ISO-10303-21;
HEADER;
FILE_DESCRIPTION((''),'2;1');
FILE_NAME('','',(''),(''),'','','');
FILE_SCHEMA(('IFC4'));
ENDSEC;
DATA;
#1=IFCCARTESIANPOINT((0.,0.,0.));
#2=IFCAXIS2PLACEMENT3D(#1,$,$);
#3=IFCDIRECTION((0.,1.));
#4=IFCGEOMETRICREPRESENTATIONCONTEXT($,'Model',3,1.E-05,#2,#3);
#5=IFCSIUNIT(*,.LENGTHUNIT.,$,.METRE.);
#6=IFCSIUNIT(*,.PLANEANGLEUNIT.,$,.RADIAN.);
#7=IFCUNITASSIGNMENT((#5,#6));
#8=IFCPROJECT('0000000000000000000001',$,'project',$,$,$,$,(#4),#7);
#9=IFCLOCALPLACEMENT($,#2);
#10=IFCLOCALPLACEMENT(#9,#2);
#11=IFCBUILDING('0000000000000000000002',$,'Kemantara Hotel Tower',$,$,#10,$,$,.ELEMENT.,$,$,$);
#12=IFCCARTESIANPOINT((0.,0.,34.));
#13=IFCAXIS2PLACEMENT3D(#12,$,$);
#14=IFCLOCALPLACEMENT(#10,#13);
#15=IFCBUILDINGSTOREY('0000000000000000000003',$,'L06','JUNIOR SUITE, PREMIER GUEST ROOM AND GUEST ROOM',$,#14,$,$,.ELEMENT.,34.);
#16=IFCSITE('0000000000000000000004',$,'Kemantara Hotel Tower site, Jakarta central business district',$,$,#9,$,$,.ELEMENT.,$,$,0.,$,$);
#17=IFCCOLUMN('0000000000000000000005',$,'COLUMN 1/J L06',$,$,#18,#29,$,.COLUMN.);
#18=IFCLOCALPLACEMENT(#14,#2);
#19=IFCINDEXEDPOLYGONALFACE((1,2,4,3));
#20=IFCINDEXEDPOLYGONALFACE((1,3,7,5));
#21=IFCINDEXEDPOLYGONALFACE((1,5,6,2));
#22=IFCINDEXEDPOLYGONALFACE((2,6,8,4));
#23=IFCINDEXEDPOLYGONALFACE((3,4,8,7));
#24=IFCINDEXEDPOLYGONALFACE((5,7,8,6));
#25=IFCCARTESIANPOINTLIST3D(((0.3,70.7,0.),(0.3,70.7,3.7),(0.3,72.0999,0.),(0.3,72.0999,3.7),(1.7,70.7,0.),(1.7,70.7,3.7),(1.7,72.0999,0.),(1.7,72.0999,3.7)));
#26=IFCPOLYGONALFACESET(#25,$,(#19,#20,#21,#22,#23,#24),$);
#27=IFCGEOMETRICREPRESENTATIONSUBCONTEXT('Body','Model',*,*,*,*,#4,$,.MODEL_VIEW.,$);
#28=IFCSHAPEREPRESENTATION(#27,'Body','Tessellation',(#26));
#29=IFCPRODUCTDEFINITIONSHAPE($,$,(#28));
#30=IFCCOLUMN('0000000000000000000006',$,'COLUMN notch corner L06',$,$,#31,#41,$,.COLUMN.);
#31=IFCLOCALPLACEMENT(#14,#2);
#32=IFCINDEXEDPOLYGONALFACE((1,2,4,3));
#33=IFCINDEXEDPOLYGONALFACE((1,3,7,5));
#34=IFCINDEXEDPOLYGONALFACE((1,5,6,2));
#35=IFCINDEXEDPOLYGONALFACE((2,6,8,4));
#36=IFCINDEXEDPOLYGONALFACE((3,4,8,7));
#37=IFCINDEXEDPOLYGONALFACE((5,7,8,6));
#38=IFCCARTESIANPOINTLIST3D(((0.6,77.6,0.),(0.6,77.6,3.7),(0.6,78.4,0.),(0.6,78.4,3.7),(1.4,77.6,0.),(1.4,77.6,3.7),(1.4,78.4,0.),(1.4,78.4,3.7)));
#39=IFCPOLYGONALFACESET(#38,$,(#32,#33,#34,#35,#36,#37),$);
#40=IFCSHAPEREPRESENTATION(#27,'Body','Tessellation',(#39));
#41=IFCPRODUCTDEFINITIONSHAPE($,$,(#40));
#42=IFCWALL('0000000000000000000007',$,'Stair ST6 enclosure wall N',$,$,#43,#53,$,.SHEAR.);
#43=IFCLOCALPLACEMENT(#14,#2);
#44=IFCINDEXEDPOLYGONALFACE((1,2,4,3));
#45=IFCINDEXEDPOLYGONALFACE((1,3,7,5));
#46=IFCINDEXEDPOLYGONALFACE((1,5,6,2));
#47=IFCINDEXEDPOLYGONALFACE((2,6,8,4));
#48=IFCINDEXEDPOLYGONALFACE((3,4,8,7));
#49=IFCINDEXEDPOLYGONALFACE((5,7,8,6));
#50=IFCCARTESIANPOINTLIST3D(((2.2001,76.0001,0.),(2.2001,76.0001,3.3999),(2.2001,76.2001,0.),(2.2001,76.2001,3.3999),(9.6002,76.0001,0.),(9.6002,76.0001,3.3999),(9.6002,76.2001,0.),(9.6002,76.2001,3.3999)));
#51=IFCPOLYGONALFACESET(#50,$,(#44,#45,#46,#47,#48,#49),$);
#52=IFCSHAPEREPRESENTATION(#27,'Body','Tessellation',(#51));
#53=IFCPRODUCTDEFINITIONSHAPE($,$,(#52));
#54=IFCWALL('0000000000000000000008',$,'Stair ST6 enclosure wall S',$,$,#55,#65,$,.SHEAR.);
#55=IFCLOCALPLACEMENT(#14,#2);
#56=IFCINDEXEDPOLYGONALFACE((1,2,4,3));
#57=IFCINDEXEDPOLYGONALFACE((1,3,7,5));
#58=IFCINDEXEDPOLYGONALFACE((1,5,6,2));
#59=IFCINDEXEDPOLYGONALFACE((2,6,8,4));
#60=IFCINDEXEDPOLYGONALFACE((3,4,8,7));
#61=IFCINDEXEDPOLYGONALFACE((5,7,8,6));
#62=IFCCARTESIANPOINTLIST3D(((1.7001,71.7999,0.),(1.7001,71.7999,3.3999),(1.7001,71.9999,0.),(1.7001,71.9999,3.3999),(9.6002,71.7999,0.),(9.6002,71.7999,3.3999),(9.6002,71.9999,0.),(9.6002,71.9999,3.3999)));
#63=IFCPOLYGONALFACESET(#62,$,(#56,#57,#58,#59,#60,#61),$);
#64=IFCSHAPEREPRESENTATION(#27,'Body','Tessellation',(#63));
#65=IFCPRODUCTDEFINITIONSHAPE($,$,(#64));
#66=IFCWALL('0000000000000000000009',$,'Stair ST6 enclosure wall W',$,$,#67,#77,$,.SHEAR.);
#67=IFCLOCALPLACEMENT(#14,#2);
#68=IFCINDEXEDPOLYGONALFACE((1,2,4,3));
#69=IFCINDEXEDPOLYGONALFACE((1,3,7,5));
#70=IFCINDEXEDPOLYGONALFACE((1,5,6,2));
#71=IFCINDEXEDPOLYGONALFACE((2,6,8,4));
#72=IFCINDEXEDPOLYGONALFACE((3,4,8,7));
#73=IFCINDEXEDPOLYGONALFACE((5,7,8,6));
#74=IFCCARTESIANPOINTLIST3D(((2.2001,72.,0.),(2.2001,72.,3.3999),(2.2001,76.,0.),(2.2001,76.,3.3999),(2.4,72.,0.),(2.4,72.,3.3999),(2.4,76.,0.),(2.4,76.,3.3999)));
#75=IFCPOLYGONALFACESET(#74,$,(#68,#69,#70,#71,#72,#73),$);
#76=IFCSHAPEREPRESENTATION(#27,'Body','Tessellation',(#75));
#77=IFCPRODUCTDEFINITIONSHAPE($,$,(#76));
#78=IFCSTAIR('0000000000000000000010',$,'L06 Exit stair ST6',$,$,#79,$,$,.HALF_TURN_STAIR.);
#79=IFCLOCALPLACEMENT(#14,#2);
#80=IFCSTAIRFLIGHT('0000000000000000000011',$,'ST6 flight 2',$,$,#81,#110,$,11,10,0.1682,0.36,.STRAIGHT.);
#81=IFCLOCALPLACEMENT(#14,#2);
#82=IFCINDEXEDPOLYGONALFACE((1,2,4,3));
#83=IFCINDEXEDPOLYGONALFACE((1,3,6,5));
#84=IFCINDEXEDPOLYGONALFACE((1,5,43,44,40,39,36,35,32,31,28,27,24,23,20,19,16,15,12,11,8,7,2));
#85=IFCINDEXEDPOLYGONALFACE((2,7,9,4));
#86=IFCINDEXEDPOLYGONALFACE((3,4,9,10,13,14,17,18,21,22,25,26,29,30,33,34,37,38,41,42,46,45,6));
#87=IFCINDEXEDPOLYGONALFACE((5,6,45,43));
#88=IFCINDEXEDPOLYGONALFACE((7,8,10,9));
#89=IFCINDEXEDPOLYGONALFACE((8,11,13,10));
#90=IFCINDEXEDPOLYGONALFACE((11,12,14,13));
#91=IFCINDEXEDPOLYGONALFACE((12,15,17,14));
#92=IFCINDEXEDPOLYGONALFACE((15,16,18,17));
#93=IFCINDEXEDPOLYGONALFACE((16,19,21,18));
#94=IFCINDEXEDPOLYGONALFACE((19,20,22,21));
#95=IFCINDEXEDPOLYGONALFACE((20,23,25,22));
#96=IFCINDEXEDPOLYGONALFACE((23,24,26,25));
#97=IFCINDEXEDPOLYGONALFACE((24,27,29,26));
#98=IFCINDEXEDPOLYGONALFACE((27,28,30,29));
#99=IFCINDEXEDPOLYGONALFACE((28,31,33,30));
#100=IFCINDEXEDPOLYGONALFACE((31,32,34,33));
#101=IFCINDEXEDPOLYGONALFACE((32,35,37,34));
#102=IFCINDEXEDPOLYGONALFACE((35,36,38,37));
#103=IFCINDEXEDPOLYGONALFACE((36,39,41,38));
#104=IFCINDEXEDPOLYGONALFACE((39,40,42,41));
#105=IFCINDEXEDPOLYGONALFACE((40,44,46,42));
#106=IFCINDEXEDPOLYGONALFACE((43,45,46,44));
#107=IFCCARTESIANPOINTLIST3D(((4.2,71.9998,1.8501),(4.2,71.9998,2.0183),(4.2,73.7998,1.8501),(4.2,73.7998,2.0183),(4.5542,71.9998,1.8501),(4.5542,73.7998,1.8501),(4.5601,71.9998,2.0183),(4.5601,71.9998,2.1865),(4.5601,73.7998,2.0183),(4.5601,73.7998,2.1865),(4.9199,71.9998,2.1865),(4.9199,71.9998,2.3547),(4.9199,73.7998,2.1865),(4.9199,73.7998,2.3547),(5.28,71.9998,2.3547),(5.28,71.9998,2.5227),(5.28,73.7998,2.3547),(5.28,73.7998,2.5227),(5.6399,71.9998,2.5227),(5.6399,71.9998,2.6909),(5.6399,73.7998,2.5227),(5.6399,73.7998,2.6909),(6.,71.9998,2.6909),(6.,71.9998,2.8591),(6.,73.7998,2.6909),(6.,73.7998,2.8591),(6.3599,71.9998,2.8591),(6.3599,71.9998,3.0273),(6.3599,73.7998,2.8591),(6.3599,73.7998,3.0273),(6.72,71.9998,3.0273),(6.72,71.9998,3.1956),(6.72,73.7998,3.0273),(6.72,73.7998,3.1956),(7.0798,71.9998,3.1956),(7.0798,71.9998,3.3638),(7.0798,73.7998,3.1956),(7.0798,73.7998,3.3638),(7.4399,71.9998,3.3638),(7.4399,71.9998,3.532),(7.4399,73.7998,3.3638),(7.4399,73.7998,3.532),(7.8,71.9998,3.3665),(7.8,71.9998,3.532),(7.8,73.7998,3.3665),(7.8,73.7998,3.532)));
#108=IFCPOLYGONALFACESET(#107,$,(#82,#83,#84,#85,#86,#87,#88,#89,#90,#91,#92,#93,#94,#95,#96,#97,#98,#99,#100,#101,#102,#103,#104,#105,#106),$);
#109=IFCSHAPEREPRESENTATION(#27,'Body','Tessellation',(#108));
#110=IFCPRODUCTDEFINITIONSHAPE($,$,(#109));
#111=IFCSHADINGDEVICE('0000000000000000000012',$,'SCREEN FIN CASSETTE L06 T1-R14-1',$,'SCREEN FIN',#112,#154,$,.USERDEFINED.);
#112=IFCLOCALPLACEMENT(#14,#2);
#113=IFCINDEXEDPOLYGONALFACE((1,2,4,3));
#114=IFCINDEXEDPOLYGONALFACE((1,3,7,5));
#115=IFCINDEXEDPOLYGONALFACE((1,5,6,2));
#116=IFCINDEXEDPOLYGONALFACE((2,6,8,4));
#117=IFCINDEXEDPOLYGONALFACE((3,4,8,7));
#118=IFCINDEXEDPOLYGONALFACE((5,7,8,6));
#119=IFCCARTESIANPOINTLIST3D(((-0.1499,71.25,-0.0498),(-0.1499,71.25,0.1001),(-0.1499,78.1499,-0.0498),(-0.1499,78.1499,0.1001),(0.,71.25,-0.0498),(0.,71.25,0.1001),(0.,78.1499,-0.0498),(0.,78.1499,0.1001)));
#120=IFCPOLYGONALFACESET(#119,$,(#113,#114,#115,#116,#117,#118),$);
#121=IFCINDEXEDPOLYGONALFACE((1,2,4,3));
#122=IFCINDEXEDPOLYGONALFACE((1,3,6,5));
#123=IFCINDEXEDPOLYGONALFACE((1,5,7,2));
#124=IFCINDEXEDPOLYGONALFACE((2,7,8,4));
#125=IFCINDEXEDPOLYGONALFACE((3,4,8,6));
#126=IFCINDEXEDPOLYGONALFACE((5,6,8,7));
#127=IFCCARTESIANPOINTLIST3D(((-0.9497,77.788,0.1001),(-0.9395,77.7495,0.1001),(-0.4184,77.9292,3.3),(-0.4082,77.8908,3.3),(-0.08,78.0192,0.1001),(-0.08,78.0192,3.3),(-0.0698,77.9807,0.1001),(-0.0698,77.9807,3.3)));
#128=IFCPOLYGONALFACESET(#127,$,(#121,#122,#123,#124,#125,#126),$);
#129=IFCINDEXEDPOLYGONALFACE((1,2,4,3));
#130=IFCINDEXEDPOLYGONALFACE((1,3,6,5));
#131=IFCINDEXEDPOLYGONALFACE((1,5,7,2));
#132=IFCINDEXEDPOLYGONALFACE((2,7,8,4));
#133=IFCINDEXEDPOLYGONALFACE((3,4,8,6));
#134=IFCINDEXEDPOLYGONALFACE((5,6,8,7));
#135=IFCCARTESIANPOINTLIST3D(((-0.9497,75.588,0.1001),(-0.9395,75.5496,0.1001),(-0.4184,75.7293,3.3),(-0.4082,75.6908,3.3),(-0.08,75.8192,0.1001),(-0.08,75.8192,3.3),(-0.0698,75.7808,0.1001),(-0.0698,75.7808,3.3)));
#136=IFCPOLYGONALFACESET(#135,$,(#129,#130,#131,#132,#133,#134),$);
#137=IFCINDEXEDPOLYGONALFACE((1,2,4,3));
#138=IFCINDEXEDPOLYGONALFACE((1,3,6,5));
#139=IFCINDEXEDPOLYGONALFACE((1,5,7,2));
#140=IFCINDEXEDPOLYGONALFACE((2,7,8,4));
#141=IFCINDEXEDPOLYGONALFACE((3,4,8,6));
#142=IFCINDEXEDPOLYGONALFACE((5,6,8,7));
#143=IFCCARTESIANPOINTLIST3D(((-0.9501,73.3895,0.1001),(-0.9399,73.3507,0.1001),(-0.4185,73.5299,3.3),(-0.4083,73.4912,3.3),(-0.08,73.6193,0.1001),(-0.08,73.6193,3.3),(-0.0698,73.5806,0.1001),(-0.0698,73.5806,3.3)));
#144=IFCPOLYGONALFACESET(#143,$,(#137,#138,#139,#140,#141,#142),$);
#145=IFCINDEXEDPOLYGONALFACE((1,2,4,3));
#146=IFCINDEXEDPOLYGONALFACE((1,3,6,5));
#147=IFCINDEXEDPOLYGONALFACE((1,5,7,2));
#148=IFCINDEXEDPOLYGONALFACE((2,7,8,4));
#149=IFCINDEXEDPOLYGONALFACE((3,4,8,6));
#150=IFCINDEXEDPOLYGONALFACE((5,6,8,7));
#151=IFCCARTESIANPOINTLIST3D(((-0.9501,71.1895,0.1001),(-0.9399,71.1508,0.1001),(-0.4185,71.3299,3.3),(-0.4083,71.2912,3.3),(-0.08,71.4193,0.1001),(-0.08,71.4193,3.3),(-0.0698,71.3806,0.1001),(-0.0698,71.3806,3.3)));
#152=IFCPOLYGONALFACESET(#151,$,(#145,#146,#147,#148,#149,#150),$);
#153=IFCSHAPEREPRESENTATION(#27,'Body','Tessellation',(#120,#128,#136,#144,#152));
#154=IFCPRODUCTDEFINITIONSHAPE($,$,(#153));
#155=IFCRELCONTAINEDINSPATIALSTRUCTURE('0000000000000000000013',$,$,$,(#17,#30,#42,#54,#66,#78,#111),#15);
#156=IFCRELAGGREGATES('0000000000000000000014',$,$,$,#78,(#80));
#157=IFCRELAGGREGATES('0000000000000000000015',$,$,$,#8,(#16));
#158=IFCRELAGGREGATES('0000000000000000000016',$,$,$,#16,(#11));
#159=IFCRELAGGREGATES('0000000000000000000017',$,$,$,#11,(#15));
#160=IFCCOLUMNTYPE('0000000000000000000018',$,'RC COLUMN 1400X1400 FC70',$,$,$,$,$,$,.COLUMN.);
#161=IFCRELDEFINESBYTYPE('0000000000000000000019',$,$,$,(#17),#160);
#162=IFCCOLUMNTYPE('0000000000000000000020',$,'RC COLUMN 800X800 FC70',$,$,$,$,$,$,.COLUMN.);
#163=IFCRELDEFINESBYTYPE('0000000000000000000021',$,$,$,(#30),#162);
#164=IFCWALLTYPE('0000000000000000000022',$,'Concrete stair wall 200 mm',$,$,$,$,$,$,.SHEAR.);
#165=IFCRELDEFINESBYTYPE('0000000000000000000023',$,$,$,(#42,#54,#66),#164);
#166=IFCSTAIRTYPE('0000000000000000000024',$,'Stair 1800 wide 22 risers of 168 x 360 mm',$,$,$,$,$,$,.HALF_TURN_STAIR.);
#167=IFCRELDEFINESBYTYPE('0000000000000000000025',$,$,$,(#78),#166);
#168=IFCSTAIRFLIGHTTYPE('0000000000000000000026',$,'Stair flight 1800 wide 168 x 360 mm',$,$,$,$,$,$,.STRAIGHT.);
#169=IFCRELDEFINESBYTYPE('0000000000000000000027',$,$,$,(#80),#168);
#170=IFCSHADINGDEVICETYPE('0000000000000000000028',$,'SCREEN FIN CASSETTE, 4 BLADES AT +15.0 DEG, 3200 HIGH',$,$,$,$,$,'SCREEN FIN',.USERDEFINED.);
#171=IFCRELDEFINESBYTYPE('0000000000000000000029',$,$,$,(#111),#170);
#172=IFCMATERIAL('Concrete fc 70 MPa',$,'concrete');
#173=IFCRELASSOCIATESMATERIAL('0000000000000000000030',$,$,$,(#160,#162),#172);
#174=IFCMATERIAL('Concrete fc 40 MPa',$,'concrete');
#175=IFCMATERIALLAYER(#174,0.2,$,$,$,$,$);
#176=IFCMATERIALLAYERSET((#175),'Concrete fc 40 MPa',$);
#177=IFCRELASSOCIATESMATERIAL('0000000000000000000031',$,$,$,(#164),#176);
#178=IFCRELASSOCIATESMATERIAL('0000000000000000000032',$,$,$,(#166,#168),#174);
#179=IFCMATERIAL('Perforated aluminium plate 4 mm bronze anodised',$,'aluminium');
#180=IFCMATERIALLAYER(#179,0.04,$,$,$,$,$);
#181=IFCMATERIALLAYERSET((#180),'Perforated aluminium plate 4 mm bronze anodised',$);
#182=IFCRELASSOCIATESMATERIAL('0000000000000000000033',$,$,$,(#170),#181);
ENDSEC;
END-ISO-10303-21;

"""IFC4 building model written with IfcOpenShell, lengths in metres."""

from ifc_helpers import new_model, si_unit, direction, frame, frame_2d, origin, origin_2d, place, context, subcontext, project, spatial, polyline, rectangle, outline, extrude, source, transform, mapped, material, layer, layer_set, material_profile, profile_set, type_object, element, aggregate, save


model = new_model("IFC4")

# Units and contexts
model_context = context("Model", 3, precision=1e-05, world=origin(), true_north=direction((0.0, 1.0)))
body_context = subcontext(model_context, "Body", "Model", "MODEL_VIEW")
ifc_project = project(units=[si_unit("LENGTHUNIT", "METRE"), si_unit("PLANEANGLEUNIT", "RADIAN")], contexts=[model_context])

# Site, building, storey
site_placement = place(None, origin())
site = spatial("IfcSite", under=ifc_project, at=site_placement, Name="Kemantara Hotel Tower site, Jakarta central business district", CompositionType="ELEMENT", RefElevation=0.0)
building_placement = place(site_placement, origin())
building = spatial("IfcBuilding", under=site, at=building_placement, Name="Kemantara Hotel Tower", CompositionType="ELEMENT")
storey_placement = place(building_placement, frame((0.0, 0.0, 34.0)))
storey = spatial("IfcBuildingStorey", under=building, at=storey_placement, Name="L06", Description="JUNIOR SUITE, PREMIER GUEST ROOM AND GUEST ROOM", CompositionType="ELEMENT", Elevation=34.0)

# Columns
ifc_material_1 = material(Name="Concrete fc 70 MPa", Category="concrete")
ifc_material_profile_1 = material_profile(ifc_material_1, rectangle(XDim=1.3999, YDim=1.3999, at=origin_2d()), Name="RC 1400X1400")
ifc_profile_set_1 = profile_set([ifc_material_profile_1], Name="Concrete fc 70 MPa")
column_type_1 = type_object("IfcColumnType", Name="RC COLUMN 1400X1400 FC70", PredefinedType="COLUMN", material=ifc_profile_set_1)
column_1_placement = place(storey_placement, frame((1.0, 71.3999, 0.0), z_axis=(0.0, 0.0, 1.0), x_axis=(1.0, 0.0, 0.0)))
element("IfcColumn", 1, at=column_1_placement, inside=storey, type_object=column_type_1, Name="COLUMN 1/J L06", PredefinedType="COLUMN", context=body_context, shape_type="SweptSolid", body=[
    extrude(rectangle(XDim=1.3999, YDim=1.3999, at=origin_2d()), origin(), (0.0, 0.0, 1.0), 3.7),
])
ifc_material_profile_2 = material_profile(ifc_material_1, rectangle(XDim=0.8, YDim=0.8, at=origin_2d()), Name="RC 800X800")
ifc_profile_set_2 = profile_set([ifc_material_profile_2], Name="Concrete fc 70 MPa")
column_type_2 = type_object("IfcColumnType", Name="RC COLUMN 800X800 FC70", PredefinedType="COLUMN", material=ifc_profile_set_2)
column_2_placement = place(storey_placement, frame((1.0, 78.0, 0.0), z_axis=(0.0, 0.0, 1.0), x_axis=(1.0, 0.0, 0.0)))
element("IfcColumn", 2, at=column_2_placement, inside=storey, type_object=column_type_2, Name="COLUMN notch corner L06", PredefinedType="COLUMN", context=body_context, shape_type="SweptSolid", body=[
    extrude(rectangle(XDim=0.8, YDim=0.8, at=origin_2d()), origin(), (0.0, 0.0, 1.0), 3.7),
])

# Walls
ifc_material_2 = material(Name="Concrete fc 40 MPa", Category="concrete")
ifc_layer_1 = layer(ifc_material_2, 0.2)
ifc_layer_set_1 = layer_set([ifc_layer_1], Name="Concrete fc 40 MPa")
wall_type = type_object("IfcWallType", Name="Concrete stair wall 200 mm", PredefinedType="SHEAR", material=ifc_layer_set_1)
wall_1_placement = place(storey_placement, frame((2.2, 76.1001, 0.0), z_axis=(0.0, 0.0, 1.0), x_axis=(1.0, 0.0, 0.0)))
element("IfcWall", 3, at=wall_1_placement, inside=storey, type_object=wall_type, Name="Stair ST6 enclosure wall N", PredefinedType="SHEAR", context=body_context, shape_type="SweptSolid", body=[
    extrude(rectangle(XDim=7.4001, YDim=0.2, at=frame_2d((3.7002, 0.0))), origin(), (0.0, 0.0, 1.0), 3.3999),
])
wall_2_placement = place(storey_placement, frame((1.7, 71.8999, 0.0), z_axis=(0.0, 0.0, 1.0), x_axis=(1.0, 0.0, 0.0)))
element("IfcWall", 4, at=wall_2_placement, inside=storey, type_object=wall_type, Name="Stair ST6 enclosure wall S", PredefinedType="SHEAR", context=body_context, shape_type="SweptSolid", body=[
    extrude(rectangle(XDim=7.9001, YDim=0.2, at=frame_2d((3.9502, 0.0))), origin(), (0.0, 0.0, 1.0), 3.3999),
])
wall_3_placement = place(storey_placement, frame((2.3, 72.0, 0.0), z_axis=(0.0, 0.0, 1.0), x_axis=(0.0, 1.0, 0.0)))
element("IfcWall", 5, at=wall_3_placement, inside=storey, type_object=wall_type, Name="Stair ST6 enclosure wall W", PredefinedType="SHEAR", context=body_context, shape_type="SweptSolid", body=[
    extrude(rectangle(XDim=4.0, YDim=0.2, at=frame_2d((2.0, 0.0))), origin(), (0.0, 0.0, 1.0), 3.3999),
])

# Stair, stair flight
stair_type = type_object("IfcStairType", Name="Stair 1800 wide 22 risers of 168 x 360 mm", PredefinedType="HALF_TURN_STAIR", material=ifc_material_2)
stair_placement = place(storey_placement, origin())
stair = element("IfcStair", 6, at=stair_placement, inside=storey, type_object=stair_type, Name="L06 Exit stair ST6", PredefinedType="HALF_TURN_STAIR")
stair_flight_type = type_object("IfcStairFlightType", Name="Stair flight 1800 wide 168 x 360 mm", PredefinedType="STRAIGHT", material=ifc_material_2)
stair_flight_placement = place(storey_placement, frame((4.2, 72.8999, 1.8501), z_axis=(0.0, 0.0, 1.0), x_axis=(1.0, 0.0, 0.0)))
stair_flight = element("IfcStairFlight", 7, at=stair_flight_placement, type_object=stair_flight_type, Name="ST6 flight 2", NumberOfRisers=11, NumberOfTreads=10, PredefinedType="STRAIGHT", RiserHeight=0.1682, TreadLength=0.36, context=body_context, shape_type="SweptSolid", body=[
    extrude(outline(polyline([(0.0, 0.0), (0.0, 0.1682), (0.3601, 0.1682), (0.3601, 0.3364), (0.72, 0.3364), (0.72, 0.5046), (1.0801, 0.5046), (1.0801, 0.6726), (1.4399, 0.6726), (1.4399, 0.8408), (1.8, 0.8408), (1.8, 1.009), (2.1599, 1.009), (2.1599, 1.1772), (2.52, 1.1772), (2.52, 1.3455), (2.8799, 1.3455), (2.8799, 1.5137), (3.24, 1.5137), (3.24, 1.6819), (3.6001, 1.6819), (3.6001, 1.8501), (3.6001, 1.5164), (0.3542, 0.0), (0.0, 0.0)])), frame((0.0, 0.8999, 0.0), z_axis=(0.0, -1.0, 0.0), x_axis=(1.0, 0.0, 0.0)), (0.0, 0.0, 1.0), 1.8),
])
aggregate(stair, [stair_flight])

# Shading device
ifc_material_3 = material(Name="Perforated aluminium plate 4 mm bronze anodised", Category="aluminium")
ifc_layer_2 = layer(ifc_material_3, 0.04)
ifc_layer_set_2 = layer_set([ifc_layer_2], Name="Perforated aluminium plate 4 mm bronze anodised")
shading_device_type = type_object("IfcShadingDeviceType", Name="SCREEN FIN CASSETTE, 4 BLADES AT +15.0 DEG, 3200 HIGH", ElementType="SCREEN FIN", PredefinedType="USERDEFINED", material=ifc_layer_set_2)
shared_shape = source(origin(), body_context, "Body", "SweptSolid", [
    extrude(rectangle(XDim=6.8999, YDim=0.1499, at=origin_2d()), frame((3.3, -0.075, -0.1499), z_axis=(0.0, 0.0, 1.0), x_axis=(1.0, 0.0, 0.0)), (0.0, 0.0, 1.0), 0.1499),
    extrude(outline(polyline([(0.0, 0.0), (0.8999, 0.0), (0.3501, 3.2), (0.0, 3.2), (0.0, 0.0)])), frame((0.0193, -0.0698, 0.0), z_axis=(-0.966438, -0.256901, 0.0), x_axis=(0.256901, -0.966438, 0.0)), (0.0, 0.0, 1.0), 0.0398),
    extrude(outline(polyline([(0.0, 0.0), (0.8999, 0.0), (0.3501, 3.2), (0.0, 3.2), (0.0, 0.0)])), frame((2.2192, -0.0698, 0.0), z_axis=(-0.966438, -0.256901, 0.0), x_axis=(0.256901, -0.966438, 0.0)), (0.0, 0.0, 1.0), 0.0398),
    extrude(outline(polyline([(0.0, 0.0), (0.8999, 0.0), (0.3501, 3.2), (0.0, 3.2), (0.0, 0.0)])), frame((4.4194, -0.0698, 0.0), z_axis=(-0.966838, -0.255391, 0.0), x_axis=(0.255391, -0.966838, 0.0)), (0.0, 0.0, 1.0), 0.04),
    extrude(outline(polyline([(0.0, 0.0), (0.8999, 0.0), (0.3501, 3.2), (0.0, 3.2), (0.0, 0.0)])), frame((6.6194, -0.0698, 0.0), z_axis=(-0.966838, -0.255391, 0.0), x_axis=(0.255391, -0.966838, 0.0)), (0.0, 0.0, 1.0), 0.04),
])
shading_device_placement = place(storey_placement, frame((0.0, 78.0, 0.1001), z_axis=(0.0, 0.0, 1.0), x_axis=(0.0, -1.0, 0.0)))
element("IfcShadingDevice", 8, at=shading_device_placement, inside=storey, type_object=shading_device_type, Name="SCREEN FIN CASSETTE L06 T1-R14-1", ObjectType="SCREEN FIN", PredefinedType="USERDEFINED", context=body_context, shape_type="MappedRepresentation", body=[
    mapped(shared_shape, transform((0.0, 0.0, 0.0))),
])

save(model, "model.ifc")
